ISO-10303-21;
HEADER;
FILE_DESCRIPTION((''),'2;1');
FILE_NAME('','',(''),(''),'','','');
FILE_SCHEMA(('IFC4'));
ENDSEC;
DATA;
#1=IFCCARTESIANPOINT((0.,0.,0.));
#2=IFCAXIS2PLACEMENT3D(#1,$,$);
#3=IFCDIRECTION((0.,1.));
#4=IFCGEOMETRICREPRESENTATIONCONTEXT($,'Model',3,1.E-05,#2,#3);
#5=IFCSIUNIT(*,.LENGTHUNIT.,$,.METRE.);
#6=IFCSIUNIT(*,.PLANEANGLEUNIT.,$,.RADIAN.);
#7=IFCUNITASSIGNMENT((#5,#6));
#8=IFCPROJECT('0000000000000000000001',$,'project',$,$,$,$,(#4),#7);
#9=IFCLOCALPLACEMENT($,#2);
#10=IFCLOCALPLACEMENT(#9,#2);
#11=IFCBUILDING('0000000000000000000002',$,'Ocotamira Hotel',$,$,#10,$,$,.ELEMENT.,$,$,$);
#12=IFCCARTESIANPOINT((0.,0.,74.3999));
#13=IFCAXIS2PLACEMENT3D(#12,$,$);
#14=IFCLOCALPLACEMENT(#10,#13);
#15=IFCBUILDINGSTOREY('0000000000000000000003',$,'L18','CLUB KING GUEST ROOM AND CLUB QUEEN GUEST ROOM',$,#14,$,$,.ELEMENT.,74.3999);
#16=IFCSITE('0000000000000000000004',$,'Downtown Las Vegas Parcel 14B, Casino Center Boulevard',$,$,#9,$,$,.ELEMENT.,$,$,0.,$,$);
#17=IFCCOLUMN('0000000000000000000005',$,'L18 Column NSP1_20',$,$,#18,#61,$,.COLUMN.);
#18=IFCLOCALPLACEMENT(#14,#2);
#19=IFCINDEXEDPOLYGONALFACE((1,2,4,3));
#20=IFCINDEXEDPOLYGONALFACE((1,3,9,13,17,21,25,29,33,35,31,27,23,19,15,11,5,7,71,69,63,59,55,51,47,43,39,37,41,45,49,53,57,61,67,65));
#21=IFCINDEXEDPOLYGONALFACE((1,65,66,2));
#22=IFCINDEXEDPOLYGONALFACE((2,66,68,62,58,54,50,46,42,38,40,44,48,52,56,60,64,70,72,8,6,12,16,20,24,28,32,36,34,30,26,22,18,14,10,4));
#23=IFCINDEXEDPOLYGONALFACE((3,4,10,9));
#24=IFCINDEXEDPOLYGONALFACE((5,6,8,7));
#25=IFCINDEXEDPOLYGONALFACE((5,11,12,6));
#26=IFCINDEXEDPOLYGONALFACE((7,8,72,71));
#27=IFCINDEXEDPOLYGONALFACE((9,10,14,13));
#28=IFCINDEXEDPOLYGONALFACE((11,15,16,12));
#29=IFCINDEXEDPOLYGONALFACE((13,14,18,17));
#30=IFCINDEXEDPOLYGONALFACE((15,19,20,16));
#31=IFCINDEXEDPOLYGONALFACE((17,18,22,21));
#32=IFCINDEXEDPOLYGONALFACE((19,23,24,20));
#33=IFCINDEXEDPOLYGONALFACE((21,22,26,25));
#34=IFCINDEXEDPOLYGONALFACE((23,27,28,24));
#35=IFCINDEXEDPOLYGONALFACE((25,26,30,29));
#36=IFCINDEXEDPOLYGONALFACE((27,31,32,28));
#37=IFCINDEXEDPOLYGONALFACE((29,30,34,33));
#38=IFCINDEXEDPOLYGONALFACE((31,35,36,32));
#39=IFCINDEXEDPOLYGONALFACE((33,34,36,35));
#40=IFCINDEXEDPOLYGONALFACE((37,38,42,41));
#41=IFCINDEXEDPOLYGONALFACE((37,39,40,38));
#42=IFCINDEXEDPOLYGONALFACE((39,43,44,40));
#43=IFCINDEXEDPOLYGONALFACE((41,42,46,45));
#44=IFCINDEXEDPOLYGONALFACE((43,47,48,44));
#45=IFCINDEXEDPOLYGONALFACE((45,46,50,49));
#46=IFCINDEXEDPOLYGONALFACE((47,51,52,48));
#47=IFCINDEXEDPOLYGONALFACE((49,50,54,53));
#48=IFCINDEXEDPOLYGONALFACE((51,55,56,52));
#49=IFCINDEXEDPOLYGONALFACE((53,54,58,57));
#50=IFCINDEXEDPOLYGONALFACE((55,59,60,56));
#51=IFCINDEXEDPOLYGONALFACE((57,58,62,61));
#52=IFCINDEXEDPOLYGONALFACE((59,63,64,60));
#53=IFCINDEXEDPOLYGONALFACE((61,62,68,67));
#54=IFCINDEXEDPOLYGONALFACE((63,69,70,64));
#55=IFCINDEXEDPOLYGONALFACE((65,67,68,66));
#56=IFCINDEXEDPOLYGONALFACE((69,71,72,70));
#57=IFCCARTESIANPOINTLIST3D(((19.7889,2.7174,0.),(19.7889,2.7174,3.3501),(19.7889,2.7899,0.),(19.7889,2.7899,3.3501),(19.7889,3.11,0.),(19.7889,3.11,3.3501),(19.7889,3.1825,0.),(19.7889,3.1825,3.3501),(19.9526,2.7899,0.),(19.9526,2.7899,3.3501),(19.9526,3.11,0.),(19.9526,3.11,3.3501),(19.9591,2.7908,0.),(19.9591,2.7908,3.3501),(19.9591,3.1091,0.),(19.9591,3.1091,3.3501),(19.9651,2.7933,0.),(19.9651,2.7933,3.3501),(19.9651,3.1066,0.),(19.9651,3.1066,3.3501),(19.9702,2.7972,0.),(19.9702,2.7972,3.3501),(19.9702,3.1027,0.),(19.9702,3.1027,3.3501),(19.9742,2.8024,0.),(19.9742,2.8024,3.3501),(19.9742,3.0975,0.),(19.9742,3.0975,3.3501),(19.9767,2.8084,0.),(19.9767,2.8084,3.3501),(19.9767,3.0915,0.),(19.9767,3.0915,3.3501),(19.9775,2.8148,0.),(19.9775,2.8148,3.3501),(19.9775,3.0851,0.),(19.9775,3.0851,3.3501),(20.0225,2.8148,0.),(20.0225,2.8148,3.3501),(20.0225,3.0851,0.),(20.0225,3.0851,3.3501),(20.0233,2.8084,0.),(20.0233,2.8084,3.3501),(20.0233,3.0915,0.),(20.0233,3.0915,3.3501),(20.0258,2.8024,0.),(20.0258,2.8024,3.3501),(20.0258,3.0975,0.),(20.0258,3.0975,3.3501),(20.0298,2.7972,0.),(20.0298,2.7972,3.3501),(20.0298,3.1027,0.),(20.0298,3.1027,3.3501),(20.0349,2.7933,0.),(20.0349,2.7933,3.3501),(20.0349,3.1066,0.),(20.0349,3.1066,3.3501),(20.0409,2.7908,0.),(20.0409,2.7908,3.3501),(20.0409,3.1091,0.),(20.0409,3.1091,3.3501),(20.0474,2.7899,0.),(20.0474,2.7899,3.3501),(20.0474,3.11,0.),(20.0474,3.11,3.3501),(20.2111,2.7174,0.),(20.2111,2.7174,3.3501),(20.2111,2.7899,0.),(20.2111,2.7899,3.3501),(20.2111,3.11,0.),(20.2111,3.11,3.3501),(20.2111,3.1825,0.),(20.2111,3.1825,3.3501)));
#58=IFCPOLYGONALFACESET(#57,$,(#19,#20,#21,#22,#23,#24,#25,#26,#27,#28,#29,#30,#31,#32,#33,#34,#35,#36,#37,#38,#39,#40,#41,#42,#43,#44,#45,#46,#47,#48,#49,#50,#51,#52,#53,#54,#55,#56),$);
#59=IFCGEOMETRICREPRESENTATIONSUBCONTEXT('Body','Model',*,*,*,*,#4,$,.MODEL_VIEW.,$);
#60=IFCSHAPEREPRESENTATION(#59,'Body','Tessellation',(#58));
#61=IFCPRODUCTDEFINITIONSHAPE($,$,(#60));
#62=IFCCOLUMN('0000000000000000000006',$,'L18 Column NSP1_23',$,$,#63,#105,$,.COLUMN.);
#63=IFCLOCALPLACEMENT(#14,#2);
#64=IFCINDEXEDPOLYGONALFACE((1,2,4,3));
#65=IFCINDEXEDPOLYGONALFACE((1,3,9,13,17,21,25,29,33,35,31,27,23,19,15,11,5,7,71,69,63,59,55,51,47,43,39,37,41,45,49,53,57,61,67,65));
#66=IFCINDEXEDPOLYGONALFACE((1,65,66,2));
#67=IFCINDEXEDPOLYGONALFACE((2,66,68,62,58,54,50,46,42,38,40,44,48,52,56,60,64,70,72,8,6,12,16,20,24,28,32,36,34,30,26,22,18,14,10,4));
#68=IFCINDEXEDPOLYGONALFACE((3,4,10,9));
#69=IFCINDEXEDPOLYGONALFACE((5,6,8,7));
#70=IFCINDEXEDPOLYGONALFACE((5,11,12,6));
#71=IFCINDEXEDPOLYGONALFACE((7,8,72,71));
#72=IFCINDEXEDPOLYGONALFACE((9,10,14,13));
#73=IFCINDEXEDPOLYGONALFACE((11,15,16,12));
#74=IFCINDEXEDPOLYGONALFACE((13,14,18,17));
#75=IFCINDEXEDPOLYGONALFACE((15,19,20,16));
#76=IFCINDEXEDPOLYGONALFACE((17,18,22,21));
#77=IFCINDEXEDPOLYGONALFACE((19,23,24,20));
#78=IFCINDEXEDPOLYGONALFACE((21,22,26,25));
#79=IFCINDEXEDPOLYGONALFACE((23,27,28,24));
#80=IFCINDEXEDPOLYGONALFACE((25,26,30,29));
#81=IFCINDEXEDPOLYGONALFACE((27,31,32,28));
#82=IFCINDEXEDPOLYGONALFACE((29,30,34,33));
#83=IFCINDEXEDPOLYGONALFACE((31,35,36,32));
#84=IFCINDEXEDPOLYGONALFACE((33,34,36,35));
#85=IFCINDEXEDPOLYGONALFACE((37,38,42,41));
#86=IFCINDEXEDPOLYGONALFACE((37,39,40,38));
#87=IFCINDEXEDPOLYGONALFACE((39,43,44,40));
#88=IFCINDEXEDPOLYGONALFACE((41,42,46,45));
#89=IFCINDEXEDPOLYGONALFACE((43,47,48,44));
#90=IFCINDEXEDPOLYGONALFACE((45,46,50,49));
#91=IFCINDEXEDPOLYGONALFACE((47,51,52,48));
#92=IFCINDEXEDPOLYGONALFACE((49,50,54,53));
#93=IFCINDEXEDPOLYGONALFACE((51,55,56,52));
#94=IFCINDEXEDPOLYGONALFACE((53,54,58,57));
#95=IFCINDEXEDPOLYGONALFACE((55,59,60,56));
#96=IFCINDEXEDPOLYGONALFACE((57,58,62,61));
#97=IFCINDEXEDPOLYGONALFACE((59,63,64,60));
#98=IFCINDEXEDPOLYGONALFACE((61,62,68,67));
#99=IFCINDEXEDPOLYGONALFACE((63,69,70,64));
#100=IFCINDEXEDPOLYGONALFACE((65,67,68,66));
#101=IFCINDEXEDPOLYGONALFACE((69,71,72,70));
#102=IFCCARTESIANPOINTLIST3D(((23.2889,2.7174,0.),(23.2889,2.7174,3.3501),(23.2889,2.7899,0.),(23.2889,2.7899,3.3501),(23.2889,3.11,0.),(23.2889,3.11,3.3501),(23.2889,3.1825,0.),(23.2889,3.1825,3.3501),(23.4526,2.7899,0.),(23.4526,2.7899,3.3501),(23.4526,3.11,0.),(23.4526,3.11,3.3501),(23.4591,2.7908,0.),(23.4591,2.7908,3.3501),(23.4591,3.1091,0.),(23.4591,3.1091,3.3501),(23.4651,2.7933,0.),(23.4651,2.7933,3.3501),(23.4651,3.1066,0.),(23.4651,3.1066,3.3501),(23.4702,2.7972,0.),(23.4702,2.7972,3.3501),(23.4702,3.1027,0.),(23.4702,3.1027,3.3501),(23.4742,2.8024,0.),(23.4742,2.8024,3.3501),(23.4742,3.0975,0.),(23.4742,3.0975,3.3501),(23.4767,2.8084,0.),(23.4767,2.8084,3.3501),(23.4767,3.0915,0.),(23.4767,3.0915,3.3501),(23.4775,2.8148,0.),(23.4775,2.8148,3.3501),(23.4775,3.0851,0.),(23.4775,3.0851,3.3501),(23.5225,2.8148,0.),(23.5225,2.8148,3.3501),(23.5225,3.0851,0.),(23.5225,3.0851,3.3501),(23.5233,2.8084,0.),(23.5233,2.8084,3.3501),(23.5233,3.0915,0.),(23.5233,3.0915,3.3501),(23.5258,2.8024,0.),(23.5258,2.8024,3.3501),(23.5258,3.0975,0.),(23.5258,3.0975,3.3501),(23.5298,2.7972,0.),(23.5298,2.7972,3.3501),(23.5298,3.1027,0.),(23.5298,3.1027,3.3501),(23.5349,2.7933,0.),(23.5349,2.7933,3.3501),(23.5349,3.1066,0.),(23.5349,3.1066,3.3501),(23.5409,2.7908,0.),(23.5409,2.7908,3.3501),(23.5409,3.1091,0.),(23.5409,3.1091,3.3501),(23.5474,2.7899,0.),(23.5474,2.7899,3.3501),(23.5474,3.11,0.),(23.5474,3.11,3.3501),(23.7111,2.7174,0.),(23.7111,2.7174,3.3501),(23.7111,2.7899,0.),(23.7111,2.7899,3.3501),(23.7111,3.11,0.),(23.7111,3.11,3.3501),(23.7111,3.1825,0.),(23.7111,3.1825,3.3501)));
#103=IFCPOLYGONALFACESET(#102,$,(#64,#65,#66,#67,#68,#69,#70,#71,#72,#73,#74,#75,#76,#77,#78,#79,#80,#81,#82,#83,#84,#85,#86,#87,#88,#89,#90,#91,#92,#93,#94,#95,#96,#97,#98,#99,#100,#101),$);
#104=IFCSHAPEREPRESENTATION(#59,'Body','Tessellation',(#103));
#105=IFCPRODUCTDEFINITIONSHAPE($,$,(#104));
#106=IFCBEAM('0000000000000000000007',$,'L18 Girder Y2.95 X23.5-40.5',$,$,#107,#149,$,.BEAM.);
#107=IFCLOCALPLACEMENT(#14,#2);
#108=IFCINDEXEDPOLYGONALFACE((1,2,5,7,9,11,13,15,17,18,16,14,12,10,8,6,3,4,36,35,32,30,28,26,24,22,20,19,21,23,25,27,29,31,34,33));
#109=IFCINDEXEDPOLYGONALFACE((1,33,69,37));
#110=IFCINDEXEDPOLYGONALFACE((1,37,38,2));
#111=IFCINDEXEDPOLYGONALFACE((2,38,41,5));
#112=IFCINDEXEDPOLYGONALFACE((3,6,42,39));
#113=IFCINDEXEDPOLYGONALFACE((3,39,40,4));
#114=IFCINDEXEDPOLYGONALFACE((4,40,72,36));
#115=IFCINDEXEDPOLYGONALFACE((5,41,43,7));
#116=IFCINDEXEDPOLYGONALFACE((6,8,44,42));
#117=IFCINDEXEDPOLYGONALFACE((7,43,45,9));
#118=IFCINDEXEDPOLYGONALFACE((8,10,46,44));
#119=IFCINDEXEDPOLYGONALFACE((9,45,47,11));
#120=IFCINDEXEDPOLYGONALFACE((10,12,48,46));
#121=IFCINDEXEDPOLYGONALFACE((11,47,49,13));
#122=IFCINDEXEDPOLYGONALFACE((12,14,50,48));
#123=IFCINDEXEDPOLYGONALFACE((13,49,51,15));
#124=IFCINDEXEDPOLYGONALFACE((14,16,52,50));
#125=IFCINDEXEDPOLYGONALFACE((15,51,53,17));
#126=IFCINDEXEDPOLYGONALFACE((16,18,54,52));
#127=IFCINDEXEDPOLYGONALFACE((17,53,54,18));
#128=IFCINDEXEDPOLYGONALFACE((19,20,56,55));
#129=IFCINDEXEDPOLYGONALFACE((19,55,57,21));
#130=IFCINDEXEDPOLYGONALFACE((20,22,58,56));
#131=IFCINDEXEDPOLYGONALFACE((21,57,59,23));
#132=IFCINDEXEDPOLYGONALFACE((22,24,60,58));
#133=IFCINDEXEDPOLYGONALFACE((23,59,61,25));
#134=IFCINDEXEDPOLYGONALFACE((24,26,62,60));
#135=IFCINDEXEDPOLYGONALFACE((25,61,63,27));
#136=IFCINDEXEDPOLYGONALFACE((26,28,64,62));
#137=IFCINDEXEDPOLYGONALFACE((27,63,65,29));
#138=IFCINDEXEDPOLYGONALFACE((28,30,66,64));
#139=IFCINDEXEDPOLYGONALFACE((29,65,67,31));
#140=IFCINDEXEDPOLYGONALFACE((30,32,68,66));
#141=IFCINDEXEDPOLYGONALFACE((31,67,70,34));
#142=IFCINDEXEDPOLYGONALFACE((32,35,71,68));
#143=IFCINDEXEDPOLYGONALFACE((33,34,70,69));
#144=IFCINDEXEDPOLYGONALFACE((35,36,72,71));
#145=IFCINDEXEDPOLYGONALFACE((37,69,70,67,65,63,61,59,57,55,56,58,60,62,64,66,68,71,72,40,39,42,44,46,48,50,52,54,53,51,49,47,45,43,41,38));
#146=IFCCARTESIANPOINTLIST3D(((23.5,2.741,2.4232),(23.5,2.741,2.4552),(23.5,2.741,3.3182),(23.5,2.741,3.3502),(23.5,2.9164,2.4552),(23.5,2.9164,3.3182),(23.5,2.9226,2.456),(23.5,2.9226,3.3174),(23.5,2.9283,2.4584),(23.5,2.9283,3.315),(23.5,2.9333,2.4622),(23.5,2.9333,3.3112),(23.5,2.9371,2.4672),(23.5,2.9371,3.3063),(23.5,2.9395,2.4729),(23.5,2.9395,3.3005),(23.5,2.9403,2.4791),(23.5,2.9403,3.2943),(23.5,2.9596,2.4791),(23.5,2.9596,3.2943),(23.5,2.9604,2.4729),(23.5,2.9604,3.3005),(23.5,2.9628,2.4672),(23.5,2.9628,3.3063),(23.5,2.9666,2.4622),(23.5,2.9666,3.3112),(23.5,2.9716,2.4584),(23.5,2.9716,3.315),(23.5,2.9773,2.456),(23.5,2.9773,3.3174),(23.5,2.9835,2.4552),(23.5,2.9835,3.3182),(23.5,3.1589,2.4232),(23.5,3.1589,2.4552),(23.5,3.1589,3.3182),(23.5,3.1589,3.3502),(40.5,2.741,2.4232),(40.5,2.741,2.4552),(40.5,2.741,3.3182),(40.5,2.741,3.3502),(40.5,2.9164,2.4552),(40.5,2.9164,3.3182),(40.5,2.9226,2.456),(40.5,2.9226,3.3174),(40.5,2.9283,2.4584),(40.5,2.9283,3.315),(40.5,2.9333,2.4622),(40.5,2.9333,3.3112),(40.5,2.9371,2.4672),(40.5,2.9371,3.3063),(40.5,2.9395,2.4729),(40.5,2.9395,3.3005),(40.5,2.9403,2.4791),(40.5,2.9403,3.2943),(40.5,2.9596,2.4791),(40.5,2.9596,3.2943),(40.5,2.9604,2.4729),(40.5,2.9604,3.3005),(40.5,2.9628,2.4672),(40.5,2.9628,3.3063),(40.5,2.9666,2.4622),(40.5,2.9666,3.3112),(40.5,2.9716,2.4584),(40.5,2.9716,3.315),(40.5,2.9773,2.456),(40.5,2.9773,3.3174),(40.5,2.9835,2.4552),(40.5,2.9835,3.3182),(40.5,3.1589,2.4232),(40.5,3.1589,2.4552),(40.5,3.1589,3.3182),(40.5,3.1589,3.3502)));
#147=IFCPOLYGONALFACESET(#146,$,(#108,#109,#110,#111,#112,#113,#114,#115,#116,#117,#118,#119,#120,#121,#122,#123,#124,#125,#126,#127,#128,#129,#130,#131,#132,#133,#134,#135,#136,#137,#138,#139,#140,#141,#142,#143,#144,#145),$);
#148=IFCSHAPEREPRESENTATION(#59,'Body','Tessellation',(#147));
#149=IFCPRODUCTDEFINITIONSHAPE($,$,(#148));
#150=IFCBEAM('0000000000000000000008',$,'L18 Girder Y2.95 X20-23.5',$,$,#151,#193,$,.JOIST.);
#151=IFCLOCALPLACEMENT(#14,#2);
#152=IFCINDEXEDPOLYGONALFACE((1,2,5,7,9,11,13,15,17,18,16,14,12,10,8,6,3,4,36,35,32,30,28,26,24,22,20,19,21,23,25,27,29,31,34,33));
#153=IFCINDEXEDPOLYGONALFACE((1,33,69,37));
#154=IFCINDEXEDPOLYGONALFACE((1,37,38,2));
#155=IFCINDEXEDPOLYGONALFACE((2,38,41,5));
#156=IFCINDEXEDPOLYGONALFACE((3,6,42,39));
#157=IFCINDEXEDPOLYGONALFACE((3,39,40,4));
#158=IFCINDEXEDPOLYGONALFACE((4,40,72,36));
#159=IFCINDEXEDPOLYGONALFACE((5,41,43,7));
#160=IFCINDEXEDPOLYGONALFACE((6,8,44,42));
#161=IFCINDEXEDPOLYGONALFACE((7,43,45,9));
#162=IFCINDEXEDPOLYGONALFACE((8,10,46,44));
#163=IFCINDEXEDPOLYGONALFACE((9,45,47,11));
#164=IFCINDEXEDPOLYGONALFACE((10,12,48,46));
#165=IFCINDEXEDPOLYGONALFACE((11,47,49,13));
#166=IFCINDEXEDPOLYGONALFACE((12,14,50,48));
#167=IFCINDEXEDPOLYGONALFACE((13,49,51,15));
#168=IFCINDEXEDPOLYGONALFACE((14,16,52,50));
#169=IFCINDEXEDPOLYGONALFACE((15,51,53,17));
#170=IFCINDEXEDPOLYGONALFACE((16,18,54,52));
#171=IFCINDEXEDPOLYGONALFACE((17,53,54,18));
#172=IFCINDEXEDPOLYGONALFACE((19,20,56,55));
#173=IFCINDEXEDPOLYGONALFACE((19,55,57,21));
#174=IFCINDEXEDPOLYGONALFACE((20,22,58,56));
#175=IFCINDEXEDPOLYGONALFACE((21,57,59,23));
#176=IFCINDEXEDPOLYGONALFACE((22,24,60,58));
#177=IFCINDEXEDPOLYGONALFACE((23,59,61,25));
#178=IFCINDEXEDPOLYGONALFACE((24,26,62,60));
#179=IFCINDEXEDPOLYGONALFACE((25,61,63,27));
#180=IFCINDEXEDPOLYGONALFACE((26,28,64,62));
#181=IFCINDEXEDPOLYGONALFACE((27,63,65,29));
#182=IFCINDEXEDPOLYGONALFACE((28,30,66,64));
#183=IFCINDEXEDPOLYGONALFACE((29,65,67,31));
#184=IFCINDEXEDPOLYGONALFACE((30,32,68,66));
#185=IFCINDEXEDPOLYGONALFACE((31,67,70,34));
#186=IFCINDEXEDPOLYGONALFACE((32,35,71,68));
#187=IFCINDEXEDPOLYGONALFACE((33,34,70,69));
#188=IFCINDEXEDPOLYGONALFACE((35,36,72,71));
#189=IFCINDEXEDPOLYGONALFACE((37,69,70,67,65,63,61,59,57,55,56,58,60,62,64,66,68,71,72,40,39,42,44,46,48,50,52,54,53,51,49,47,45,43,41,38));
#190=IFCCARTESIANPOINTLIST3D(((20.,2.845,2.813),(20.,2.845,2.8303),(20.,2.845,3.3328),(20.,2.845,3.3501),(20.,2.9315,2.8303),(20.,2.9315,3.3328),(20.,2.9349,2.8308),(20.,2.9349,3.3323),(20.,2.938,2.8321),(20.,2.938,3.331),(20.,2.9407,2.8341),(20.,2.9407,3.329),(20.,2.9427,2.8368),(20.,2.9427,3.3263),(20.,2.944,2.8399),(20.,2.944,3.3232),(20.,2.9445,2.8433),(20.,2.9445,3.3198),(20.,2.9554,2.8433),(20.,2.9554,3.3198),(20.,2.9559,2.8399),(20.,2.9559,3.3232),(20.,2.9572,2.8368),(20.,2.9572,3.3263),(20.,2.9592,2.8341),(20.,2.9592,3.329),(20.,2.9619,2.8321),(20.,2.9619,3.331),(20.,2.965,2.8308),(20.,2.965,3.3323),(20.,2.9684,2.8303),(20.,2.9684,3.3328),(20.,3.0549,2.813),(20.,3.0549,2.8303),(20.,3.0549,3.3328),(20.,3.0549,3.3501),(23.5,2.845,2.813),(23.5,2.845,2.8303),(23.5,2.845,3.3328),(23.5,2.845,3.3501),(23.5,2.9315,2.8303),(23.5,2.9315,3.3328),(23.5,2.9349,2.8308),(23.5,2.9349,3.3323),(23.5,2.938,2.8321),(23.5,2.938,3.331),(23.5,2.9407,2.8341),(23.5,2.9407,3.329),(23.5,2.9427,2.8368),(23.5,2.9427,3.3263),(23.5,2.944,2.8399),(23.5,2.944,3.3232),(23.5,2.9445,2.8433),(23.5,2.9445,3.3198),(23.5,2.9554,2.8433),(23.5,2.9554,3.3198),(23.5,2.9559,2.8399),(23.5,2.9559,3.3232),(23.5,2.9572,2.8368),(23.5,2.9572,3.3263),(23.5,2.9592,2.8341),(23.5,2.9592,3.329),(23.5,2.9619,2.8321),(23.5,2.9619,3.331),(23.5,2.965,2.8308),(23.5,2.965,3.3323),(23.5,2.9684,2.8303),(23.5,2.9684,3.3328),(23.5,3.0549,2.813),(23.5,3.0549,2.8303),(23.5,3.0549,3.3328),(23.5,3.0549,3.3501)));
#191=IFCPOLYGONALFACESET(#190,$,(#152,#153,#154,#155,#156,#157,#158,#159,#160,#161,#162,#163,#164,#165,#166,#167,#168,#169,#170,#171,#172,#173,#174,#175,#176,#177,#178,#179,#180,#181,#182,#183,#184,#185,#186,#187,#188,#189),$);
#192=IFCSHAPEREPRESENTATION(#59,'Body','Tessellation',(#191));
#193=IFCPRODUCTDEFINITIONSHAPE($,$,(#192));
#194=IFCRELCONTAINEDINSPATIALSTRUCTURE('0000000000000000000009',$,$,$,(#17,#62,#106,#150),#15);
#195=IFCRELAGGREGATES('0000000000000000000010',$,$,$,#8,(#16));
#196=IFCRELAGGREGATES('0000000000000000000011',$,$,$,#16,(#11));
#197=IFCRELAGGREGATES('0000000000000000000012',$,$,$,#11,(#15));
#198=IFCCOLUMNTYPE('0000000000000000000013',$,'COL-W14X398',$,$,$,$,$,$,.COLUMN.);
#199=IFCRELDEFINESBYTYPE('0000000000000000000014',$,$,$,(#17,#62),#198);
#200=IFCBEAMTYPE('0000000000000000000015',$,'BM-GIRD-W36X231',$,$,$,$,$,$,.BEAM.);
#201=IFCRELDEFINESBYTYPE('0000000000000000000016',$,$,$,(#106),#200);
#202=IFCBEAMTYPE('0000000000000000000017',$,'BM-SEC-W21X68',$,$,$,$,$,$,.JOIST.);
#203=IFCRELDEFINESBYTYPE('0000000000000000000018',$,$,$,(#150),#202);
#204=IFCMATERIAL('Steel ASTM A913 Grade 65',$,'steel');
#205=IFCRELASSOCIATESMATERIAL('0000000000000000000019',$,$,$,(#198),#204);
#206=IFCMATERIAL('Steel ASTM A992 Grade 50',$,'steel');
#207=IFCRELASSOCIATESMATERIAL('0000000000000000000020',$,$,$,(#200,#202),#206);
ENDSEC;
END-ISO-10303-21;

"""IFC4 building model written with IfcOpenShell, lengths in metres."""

from ifc_helpers import new_model, si_unit, direction, frame, origin, origin_2d, place, context, subcontext, project, spatial, i_section, extrude, source, transform, mapped, material, material_profile, profile_set, type_object, element, save


model = new_model("IFC4")

# Units and contexts
model_context = context("Model", 3, precision=1e-05, world=origin(), true_north=direction((0.0, 1.0)))
body_context = subcontext(model_context, "Body", "Model", "MODEL_VIEW")
ifc_project = project(units=[si_unit("LENGTHUNIT", "METRE"), si_unit("PLANEANGLEUNIT", "RADIAN")], contexts=[model_context])

# Site, building, storey
site_placement = place(None, origin())
site = spatial("IfcSite", under=ifc_project, at=site_placement, Name="Downtown Las Vegas Parcel 14B, Casino Center Boulevard", CompositionType="ELEMENT", RefElevation=0.0)
building_placement = place(site_placement, origin())
building = spatial("IfcBuilding", under=site, at=building_placement, Name="Ocotamira Hotel", CompositionType="ELEMENT")
storey_placement = place(building_placement, frame((0.0, 0.0, 74.3999)))
storey = spatial("IfcBuildingStorey", under=building, at=storey_placement, Name="L18", Description="CLUB KING GUEST ROOM AND CLUB QUEEN GUEST ROOM", CompositionType="ELEMENT", Elevation=74.3999)

# Columns
ifc_material_1 = material(Name="Steel ASTM A913 Grade 65", Category="steel")
ifc_material_profile_1 = material_profile(ifc_material_1, i_section(OverallWidth=0.4221, OverallDepth=0.4651, WebThickness=0.0449, FlangeThickness=0.0725, FilletRadius=0.0249, at=origin_2d()), Name="W14X398")
ifc_profile_set_1 = profile_set([ifc_material_profile_1], Name="Steel ASTM A913 Grade 65")
column_type = type_object("IfcColumnType", Name="COL-W14X398", PredefinedType="COLUMN", material=ifc_profile_set_1)
shared_shape_1 = source(origin(), body_context, "Body", "SweptSolid", [
    extrude(i_section(OverallWidth=0.4221, OverallDepth=0.4651, WebThickness=0.0449, FlangeThickness=0.0725, FilletRadius=0.0249, at=origin_2d()), origin(), (0.0, 0.0, 1.0), 3.3501),
])
for number, where, z_axis, x_axis, name in (
    (1, (20.0, 2.95, 0.0), (0.0, 0.0, 1.0), (1.0, 0.0, 0.0), "L18 Column NSP1_20"),
    (2, (23.5, 2.95, 0.0), (0.0, 0.0, 1.0), (1.0, 0.0, 0.0), "L18 Column NSP1_23"),
):
    element("IfcColumn", number, at=place(storey_placement, frame(where, z_axis=z_axis, x_axis=x_axis)), inside=storey, type_object=column_type, Name=name, PredefinedType="COLUMN", context=body_context, shape_type="MappedRepresentation", body=[
        mapped(shared_shape_1, transform((0.0, 0.0, 0.0), scale=1.0)),
    ])

# Beams
ifc_material_2 = material(Name="Steel ASTM A992 Grade 50", Category="steel")
ifc_material_profile_2 = material_profile(ifc_material_2, i_section(OverallWidth=0.418, OverallDepth=0.927, WebThickness=0.0193, FlangeThickness=0.032, FilletRadius=0.0239, at=origin_2d()), Name="W36X231")
ifc_profile_set_2 = profile_set([ifc_material_profile_2], Name="Steel ASTM A992 Grade 50")
beam_type_1 = type_object("IfcBeamType", Name="BM-GIRD-W36X231", PredefinedType="BEAM", material=ifc_profile_set_2)
shared_shape_2 = source(origin(), body_context, "Body", "SweptSolid", [
    extrude(i_section(OverallWidth=0.418, OverallDepth=0.927, WebThickness=0.0193, FlangeThickness=0.032, FilletRadius=0.0239, at=origin_2d()), origin(), (0.0, 0.0, 1.0), 17.0),
])
beam_1_placement = place(storey_placement, frame((23.5, 2.95, 2.8867), z_axis=(1.0, 0.0, 0.0), x_axis=(0.0, 1.0, 0.0)))
element("IfcBeam", 3, at=beam_1_placement, inside=storey, type_object=beam_type_1, Name="L18 Girder Y2.95 X23.5-40.5", PredefinedType="BEAM", context=body_context, shape_type="MappedRepresentation", body=[
    mapped(shared_shape_2, transform((0.0, 0.0, 0.0), scale=1.0)),
])
ifc_material_profile_3 = material_profile(ifc_material_2, i_section(OverallWidth=0.21, OverallDepth=0.5371, WebThickness=0.011, FlangeThickness=0.0173, FilletRadius=0.0129, at=origin_2d()), Name="W21X68")
ifc_profile_set_3 = profile_set([ifc_material_profile_3], Name="Steel ASTM A992 Grade 50")
beam_type_2 = type_object("IfcBeamType", Name="BM-SEC-W21X68", PredefinedType="JOIST", material=ifc_profile_set_3)
shared_shape_3 = source(origin(), body_context, "Body", "SweptSolid", [
    extrude(i_section(OverallWidth=0.21, OverallDepth=0.5371, WebThickness=0.011, FlangeThickness=0.0173, FilletRadius=0.0129, at=origin_2d()), origin(), (0.0, 0.0, 1.0), 3.5),
])
beam_2_placement = place(storey_placement, frame((20.0, 2.95, 3.0815), z_axis=(1.0, 0.0, 0.0), x_axis=(0.0, 1.0, 0.0)))
element("IfcBeam", 4, at=beam_2_placement, inside=storey, type_object=beam_type_2, Name="L18 Girder Y2.95 X20-23.5", PredefinedType="JOIST", context=body_context, shape_type="MappedRepresentation", body=[
    mapped(shared_shape_3, transform((0.0, 0.0, 0.0), scale=1.0)),
])

save(model, "model.ifc")
